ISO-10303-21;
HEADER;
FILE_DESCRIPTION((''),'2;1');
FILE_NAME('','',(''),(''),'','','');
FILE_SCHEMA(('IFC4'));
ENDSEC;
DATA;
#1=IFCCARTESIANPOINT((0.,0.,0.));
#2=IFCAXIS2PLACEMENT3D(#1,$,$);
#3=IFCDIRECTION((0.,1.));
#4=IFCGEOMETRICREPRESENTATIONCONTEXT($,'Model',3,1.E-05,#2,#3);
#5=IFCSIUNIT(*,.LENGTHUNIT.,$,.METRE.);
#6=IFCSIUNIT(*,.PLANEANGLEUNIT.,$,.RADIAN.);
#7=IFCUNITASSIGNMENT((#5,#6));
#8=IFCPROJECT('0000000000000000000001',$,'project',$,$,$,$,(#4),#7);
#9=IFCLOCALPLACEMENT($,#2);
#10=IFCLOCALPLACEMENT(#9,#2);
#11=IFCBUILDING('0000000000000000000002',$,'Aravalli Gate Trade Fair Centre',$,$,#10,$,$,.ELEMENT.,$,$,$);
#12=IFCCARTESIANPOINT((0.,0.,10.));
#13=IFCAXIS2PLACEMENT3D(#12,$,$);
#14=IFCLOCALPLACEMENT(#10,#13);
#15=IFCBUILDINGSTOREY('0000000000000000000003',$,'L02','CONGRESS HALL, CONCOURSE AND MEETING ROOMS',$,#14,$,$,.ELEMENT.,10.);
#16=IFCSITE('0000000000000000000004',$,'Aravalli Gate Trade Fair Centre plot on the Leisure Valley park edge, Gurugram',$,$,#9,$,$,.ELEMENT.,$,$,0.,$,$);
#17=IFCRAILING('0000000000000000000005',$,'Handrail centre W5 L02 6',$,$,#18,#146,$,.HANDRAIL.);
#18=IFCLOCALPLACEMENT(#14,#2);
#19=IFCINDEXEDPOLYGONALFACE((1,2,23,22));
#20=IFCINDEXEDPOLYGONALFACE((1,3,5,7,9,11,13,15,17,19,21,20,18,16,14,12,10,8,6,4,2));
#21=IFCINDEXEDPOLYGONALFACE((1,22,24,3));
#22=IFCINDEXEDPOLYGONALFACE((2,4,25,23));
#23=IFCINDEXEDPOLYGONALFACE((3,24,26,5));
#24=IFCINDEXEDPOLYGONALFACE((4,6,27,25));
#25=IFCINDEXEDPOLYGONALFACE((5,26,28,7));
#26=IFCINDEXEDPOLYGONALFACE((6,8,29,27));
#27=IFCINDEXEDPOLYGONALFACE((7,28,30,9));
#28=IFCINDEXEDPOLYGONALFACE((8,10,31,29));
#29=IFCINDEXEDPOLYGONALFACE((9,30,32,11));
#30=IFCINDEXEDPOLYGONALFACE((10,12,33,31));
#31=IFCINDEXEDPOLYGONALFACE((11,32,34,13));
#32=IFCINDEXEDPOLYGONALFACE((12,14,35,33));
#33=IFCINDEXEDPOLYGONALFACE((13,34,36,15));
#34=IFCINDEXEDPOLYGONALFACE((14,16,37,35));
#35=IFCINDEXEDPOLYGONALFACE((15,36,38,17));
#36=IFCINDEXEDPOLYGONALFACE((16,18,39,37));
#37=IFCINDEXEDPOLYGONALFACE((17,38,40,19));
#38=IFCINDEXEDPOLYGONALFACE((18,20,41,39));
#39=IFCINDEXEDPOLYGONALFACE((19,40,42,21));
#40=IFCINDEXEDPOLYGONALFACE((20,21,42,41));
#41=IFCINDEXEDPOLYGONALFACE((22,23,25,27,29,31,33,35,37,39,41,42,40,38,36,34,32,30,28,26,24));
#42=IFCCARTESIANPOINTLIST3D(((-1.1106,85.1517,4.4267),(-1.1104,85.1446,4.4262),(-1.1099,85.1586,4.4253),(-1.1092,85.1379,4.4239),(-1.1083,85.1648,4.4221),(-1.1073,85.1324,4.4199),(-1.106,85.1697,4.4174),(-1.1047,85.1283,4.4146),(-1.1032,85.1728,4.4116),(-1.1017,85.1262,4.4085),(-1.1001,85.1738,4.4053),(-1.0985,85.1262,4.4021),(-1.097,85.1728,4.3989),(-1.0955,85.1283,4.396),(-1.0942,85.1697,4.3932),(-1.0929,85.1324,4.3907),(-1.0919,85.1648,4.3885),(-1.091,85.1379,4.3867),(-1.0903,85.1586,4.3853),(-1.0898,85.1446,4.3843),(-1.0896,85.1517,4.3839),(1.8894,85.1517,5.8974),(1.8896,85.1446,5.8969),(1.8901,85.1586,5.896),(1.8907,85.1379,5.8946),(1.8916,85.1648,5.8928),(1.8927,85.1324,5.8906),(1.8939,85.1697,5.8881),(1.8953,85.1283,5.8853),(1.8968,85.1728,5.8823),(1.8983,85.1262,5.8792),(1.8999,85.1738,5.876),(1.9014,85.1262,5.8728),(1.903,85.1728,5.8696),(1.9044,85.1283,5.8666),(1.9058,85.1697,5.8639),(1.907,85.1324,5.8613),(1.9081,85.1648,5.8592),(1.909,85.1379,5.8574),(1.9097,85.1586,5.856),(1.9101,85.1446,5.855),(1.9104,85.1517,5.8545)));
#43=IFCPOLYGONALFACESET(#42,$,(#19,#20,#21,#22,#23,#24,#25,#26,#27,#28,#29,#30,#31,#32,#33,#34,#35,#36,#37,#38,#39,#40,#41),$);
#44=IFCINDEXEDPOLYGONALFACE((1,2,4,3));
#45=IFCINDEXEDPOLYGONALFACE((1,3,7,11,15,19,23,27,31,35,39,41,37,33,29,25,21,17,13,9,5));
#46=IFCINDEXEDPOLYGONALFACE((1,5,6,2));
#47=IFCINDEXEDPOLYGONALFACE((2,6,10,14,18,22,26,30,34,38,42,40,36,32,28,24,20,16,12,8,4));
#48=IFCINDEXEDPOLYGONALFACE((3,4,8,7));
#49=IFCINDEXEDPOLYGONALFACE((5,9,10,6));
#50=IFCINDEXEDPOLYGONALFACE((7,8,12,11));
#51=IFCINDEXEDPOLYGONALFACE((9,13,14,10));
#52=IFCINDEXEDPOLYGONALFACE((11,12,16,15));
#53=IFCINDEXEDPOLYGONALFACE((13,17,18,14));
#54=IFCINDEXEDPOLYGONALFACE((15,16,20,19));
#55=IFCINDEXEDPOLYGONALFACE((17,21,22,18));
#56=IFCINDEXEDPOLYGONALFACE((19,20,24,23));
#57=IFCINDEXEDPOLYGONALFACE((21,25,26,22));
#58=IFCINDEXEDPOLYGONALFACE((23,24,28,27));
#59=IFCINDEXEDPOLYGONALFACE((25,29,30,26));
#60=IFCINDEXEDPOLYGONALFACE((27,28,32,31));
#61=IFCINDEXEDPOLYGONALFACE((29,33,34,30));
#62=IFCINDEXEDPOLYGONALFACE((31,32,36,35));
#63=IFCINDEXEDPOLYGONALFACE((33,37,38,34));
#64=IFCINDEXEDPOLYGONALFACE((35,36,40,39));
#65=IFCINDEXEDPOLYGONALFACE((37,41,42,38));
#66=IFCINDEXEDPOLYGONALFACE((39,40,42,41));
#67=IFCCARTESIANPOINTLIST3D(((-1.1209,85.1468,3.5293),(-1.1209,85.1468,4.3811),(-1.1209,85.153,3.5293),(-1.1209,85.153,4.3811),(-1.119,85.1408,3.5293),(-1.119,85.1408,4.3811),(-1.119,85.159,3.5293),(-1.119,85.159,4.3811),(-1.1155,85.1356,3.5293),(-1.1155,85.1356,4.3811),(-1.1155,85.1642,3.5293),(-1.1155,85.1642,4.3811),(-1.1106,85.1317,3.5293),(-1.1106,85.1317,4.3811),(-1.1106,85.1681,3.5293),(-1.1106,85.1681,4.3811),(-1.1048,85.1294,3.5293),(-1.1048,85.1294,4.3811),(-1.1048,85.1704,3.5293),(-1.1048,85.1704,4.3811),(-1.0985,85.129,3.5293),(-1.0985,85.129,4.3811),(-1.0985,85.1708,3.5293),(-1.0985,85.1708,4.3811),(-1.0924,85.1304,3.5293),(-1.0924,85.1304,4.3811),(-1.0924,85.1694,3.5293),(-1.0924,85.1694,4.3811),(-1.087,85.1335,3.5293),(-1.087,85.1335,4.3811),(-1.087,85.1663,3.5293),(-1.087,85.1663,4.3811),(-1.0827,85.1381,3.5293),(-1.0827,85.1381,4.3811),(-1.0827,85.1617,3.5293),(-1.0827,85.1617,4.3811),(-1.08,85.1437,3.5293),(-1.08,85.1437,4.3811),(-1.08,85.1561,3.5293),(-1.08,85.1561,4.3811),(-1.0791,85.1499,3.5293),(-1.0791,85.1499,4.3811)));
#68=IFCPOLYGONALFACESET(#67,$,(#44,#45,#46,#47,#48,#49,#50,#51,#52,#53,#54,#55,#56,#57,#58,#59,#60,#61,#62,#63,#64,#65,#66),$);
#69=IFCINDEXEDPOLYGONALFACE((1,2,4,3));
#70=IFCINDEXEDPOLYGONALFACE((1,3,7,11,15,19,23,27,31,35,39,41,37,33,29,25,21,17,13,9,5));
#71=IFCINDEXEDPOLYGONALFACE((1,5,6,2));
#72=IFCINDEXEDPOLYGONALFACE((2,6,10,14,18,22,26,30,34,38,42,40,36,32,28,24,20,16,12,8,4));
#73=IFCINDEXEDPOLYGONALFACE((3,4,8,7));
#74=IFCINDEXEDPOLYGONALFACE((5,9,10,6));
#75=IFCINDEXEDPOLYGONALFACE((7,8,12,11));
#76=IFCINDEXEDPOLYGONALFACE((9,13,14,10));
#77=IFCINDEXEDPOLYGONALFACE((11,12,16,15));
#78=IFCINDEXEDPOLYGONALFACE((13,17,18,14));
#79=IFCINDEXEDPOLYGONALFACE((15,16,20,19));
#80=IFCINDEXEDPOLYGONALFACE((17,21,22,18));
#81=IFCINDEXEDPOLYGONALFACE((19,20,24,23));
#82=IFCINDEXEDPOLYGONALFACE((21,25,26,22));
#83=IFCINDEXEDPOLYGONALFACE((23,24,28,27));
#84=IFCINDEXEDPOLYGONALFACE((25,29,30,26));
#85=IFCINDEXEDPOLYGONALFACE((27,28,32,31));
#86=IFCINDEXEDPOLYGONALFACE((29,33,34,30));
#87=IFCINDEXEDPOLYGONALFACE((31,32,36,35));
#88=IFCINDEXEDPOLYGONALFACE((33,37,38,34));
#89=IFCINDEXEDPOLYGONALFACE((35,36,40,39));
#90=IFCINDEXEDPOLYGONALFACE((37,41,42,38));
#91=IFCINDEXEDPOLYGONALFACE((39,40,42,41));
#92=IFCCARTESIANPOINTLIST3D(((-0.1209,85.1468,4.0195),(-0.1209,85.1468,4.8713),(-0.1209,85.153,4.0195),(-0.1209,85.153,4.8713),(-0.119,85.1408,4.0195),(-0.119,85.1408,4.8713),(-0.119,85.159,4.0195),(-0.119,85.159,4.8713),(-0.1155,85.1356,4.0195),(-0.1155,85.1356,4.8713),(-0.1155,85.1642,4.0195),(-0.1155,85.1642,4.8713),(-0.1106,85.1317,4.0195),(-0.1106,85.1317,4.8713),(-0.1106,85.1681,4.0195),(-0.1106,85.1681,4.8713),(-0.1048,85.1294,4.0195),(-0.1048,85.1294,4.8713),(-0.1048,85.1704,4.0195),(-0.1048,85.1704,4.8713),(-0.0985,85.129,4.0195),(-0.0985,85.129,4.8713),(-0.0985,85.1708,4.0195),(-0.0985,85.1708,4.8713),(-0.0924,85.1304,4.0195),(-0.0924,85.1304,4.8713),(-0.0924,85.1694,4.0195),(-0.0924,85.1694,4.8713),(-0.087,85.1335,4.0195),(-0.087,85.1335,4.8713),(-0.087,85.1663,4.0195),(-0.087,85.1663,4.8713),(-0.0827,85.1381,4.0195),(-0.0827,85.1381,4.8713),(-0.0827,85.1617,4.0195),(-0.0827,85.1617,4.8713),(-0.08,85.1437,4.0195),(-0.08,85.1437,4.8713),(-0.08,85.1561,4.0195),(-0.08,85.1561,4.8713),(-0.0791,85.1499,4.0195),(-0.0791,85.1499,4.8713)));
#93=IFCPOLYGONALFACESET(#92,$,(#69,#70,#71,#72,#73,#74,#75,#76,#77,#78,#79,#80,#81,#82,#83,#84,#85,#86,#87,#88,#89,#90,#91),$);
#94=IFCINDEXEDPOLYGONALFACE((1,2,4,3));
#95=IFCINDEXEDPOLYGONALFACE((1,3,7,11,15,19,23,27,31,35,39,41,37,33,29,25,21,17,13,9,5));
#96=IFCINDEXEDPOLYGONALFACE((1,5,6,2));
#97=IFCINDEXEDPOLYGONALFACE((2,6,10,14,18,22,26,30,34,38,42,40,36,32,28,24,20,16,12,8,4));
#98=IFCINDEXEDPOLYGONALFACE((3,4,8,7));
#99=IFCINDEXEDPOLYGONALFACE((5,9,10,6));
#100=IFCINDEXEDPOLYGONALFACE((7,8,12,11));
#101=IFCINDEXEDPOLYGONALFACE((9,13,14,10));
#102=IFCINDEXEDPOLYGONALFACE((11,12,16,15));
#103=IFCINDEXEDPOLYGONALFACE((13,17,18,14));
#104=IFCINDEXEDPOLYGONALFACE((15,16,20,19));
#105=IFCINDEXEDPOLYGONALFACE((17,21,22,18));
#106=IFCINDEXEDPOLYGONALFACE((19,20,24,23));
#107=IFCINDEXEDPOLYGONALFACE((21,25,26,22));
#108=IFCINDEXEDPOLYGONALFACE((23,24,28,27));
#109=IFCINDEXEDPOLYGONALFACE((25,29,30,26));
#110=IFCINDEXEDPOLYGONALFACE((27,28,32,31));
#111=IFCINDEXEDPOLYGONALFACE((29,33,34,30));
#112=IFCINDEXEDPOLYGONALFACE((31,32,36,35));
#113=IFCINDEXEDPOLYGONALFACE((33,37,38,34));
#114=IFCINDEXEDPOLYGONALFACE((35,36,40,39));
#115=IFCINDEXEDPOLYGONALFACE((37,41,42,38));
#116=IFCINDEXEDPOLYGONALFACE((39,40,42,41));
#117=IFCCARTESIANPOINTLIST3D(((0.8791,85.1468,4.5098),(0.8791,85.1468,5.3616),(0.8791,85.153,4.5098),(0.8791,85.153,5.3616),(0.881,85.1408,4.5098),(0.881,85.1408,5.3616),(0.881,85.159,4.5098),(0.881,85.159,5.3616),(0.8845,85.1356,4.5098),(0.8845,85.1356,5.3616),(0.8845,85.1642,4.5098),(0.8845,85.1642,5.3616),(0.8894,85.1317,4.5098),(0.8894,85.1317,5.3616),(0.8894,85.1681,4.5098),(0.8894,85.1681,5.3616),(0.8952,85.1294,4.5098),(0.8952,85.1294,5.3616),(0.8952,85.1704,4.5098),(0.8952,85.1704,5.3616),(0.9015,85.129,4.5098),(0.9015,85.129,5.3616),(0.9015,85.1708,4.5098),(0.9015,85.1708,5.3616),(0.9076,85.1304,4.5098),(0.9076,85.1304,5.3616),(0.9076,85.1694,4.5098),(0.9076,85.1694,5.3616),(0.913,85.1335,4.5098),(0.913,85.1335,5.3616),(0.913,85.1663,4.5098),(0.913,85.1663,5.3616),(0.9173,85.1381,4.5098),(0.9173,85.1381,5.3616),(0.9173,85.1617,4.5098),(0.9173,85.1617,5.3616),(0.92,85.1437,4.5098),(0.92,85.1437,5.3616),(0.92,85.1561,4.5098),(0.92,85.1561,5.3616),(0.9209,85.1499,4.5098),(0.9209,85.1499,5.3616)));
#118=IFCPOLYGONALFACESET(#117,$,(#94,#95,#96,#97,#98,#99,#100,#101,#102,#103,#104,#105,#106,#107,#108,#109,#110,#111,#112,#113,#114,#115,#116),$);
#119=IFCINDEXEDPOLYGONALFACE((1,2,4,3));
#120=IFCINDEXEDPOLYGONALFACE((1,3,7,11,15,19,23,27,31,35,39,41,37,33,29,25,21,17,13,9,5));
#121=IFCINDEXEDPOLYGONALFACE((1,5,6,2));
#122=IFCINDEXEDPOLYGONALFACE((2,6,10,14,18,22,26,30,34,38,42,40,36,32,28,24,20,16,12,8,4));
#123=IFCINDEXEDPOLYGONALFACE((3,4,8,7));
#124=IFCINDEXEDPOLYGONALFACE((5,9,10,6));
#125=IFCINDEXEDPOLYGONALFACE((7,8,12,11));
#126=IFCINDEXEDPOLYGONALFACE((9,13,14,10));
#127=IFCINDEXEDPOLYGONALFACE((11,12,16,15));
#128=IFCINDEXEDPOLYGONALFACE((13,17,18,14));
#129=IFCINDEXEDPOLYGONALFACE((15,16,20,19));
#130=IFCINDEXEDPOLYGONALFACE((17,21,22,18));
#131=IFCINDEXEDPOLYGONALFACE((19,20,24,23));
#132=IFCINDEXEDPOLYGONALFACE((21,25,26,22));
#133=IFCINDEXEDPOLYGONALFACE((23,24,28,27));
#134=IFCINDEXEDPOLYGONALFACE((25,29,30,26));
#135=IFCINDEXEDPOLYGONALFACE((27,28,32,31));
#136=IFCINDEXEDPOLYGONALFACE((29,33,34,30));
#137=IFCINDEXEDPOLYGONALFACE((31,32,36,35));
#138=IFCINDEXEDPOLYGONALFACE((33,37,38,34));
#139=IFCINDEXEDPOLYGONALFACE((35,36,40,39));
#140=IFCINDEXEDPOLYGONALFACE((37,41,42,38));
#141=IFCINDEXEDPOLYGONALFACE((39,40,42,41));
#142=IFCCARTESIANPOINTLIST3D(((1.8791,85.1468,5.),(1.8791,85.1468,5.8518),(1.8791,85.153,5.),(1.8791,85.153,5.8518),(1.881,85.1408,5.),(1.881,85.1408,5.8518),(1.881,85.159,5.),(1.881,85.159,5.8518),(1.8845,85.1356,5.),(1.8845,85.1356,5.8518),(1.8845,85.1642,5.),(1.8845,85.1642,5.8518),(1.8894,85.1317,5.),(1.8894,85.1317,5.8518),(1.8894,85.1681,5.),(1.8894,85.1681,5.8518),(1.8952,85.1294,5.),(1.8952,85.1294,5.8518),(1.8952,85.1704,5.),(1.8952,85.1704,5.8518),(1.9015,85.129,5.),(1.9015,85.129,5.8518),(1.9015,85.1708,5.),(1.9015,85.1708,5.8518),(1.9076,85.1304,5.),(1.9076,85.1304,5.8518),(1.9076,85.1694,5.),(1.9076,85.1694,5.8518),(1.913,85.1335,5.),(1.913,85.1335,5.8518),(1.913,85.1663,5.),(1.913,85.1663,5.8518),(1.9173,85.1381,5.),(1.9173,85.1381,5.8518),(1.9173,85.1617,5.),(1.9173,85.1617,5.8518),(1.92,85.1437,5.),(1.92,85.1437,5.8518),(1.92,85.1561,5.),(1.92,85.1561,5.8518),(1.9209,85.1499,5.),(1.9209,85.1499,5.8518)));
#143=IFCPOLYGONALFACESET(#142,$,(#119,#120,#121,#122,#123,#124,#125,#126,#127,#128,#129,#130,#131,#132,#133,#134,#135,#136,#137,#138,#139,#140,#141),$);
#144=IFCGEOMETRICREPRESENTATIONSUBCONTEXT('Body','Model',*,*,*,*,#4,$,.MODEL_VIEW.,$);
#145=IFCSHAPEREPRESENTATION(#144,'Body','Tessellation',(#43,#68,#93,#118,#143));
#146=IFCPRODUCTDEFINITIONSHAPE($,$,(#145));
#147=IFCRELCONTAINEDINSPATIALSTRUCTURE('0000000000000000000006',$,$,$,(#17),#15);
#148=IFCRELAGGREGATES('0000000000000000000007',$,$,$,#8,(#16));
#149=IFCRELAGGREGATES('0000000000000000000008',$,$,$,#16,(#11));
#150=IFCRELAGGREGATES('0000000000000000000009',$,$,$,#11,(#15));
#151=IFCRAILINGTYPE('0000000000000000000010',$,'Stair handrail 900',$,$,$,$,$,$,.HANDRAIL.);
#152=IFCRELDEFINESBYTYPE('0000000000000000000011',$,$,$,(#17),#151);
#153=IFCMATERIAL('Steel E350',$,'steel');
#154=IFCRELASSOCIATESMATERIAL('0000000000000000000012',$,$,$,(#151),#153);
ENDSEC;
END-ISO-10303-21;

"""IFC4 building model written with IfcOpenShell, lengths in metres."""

from ifc_helpers import new_model, si_unit, direction, frame, origin, origin_2d, place, context, subcontext, project, spatial, circle, extrude, material, type_object, element, save


model = new_model("IFC4")

# Units and contexts
model_context = context("Model", 3, precision=1e-05, world=origin(), true_north=direction((0.0, 1.0)))
body_context = subcontext(model_context, "Body", "Model", "MODEL_VIEW")
ifc_project = project(units=[si_unit("LENGTHUNIT", "METRE"), si_unit("PLANEANGLEUNIT", "RADIAN")], contexts=[model_context])

# Site, building, storey
site_placement = place(None, origin())
site = spatial("IfcSite", under=ifc_project, at=site_placement, Name="Aravalli Gate Trade Fair Centre plot on the Leisure Valley park edge, Gurugram", CompositionType="ELEMENT", RefElevation=0.0)
building_placement = place(site_placement, origin())
building = spatial("IfcBuilding", under=site, at=building_placement, Name="Aravalli Gate Trade Fair Centre", CompositionType="ELEMENT")
storey_placement = place(building_placement, frame((0.0, 0.0, 10.0)))
storey = spatial("IfcBuildingStorey", under=building, at=storey_placement, Name="L02", Description="CONGRESS HALL, CONCOURSE AND MEETING ROOMS", CompositionType="ELEMENT", Elevation=10.0)

# Railing
ifc_material_1 = material(Name="Steel E350", Category="steel")
railing_type_1 = type_object("IfcRailingType", Name="Stair handrail 900", PredefinedType="HANDRAIL", material=ifc_material_1)
for number, where, name in (
    (1, (-1.1001, 85.1499, 3.5293), "Handrail centre W5 L02 6"),
):
    element("IfcRailing", number, at=place(storey_placement, frame(where)), inside=storey, type_object=railing_type_1, Name=name, PredefinedType="HANDRAIL", context=body_context, shape_type="SweptSolid", body=[
        extrude(circle(Radius=0.0239, at=origin_2d()), frame((0.0, 0.0, 0.876), z_axis=(0.897907, 0.0, 0.440185), x_axis=(0.0, 1.0, 0.0)), (0.0, 0.0, 1.0), 3.3411),
        extrude(circle(Radius=0.021, at=origin_2d()), origin(), (0.0, 0.0, 1.0), 0.8518),
        extrude(circle(Radius=0.021, at=origin_2d()), frame((1.0, 0.0, 0.4902)), (0.0, 0.0, 1.0), 0.8518),
        extrude(circle(Radius=0.021, at=origin_2d()), frame((2.0, 0.0, 0.9805)), (0.0, 0.0, 1.0), 0.8518),
        extrude(circle(Radius=0.021, at=origin_2d()), frame((3.0, 0.0, 1.4707)), (0.0, 0.0, 1.0), 0.8518),
    ])

save(model, "model.ifc")
